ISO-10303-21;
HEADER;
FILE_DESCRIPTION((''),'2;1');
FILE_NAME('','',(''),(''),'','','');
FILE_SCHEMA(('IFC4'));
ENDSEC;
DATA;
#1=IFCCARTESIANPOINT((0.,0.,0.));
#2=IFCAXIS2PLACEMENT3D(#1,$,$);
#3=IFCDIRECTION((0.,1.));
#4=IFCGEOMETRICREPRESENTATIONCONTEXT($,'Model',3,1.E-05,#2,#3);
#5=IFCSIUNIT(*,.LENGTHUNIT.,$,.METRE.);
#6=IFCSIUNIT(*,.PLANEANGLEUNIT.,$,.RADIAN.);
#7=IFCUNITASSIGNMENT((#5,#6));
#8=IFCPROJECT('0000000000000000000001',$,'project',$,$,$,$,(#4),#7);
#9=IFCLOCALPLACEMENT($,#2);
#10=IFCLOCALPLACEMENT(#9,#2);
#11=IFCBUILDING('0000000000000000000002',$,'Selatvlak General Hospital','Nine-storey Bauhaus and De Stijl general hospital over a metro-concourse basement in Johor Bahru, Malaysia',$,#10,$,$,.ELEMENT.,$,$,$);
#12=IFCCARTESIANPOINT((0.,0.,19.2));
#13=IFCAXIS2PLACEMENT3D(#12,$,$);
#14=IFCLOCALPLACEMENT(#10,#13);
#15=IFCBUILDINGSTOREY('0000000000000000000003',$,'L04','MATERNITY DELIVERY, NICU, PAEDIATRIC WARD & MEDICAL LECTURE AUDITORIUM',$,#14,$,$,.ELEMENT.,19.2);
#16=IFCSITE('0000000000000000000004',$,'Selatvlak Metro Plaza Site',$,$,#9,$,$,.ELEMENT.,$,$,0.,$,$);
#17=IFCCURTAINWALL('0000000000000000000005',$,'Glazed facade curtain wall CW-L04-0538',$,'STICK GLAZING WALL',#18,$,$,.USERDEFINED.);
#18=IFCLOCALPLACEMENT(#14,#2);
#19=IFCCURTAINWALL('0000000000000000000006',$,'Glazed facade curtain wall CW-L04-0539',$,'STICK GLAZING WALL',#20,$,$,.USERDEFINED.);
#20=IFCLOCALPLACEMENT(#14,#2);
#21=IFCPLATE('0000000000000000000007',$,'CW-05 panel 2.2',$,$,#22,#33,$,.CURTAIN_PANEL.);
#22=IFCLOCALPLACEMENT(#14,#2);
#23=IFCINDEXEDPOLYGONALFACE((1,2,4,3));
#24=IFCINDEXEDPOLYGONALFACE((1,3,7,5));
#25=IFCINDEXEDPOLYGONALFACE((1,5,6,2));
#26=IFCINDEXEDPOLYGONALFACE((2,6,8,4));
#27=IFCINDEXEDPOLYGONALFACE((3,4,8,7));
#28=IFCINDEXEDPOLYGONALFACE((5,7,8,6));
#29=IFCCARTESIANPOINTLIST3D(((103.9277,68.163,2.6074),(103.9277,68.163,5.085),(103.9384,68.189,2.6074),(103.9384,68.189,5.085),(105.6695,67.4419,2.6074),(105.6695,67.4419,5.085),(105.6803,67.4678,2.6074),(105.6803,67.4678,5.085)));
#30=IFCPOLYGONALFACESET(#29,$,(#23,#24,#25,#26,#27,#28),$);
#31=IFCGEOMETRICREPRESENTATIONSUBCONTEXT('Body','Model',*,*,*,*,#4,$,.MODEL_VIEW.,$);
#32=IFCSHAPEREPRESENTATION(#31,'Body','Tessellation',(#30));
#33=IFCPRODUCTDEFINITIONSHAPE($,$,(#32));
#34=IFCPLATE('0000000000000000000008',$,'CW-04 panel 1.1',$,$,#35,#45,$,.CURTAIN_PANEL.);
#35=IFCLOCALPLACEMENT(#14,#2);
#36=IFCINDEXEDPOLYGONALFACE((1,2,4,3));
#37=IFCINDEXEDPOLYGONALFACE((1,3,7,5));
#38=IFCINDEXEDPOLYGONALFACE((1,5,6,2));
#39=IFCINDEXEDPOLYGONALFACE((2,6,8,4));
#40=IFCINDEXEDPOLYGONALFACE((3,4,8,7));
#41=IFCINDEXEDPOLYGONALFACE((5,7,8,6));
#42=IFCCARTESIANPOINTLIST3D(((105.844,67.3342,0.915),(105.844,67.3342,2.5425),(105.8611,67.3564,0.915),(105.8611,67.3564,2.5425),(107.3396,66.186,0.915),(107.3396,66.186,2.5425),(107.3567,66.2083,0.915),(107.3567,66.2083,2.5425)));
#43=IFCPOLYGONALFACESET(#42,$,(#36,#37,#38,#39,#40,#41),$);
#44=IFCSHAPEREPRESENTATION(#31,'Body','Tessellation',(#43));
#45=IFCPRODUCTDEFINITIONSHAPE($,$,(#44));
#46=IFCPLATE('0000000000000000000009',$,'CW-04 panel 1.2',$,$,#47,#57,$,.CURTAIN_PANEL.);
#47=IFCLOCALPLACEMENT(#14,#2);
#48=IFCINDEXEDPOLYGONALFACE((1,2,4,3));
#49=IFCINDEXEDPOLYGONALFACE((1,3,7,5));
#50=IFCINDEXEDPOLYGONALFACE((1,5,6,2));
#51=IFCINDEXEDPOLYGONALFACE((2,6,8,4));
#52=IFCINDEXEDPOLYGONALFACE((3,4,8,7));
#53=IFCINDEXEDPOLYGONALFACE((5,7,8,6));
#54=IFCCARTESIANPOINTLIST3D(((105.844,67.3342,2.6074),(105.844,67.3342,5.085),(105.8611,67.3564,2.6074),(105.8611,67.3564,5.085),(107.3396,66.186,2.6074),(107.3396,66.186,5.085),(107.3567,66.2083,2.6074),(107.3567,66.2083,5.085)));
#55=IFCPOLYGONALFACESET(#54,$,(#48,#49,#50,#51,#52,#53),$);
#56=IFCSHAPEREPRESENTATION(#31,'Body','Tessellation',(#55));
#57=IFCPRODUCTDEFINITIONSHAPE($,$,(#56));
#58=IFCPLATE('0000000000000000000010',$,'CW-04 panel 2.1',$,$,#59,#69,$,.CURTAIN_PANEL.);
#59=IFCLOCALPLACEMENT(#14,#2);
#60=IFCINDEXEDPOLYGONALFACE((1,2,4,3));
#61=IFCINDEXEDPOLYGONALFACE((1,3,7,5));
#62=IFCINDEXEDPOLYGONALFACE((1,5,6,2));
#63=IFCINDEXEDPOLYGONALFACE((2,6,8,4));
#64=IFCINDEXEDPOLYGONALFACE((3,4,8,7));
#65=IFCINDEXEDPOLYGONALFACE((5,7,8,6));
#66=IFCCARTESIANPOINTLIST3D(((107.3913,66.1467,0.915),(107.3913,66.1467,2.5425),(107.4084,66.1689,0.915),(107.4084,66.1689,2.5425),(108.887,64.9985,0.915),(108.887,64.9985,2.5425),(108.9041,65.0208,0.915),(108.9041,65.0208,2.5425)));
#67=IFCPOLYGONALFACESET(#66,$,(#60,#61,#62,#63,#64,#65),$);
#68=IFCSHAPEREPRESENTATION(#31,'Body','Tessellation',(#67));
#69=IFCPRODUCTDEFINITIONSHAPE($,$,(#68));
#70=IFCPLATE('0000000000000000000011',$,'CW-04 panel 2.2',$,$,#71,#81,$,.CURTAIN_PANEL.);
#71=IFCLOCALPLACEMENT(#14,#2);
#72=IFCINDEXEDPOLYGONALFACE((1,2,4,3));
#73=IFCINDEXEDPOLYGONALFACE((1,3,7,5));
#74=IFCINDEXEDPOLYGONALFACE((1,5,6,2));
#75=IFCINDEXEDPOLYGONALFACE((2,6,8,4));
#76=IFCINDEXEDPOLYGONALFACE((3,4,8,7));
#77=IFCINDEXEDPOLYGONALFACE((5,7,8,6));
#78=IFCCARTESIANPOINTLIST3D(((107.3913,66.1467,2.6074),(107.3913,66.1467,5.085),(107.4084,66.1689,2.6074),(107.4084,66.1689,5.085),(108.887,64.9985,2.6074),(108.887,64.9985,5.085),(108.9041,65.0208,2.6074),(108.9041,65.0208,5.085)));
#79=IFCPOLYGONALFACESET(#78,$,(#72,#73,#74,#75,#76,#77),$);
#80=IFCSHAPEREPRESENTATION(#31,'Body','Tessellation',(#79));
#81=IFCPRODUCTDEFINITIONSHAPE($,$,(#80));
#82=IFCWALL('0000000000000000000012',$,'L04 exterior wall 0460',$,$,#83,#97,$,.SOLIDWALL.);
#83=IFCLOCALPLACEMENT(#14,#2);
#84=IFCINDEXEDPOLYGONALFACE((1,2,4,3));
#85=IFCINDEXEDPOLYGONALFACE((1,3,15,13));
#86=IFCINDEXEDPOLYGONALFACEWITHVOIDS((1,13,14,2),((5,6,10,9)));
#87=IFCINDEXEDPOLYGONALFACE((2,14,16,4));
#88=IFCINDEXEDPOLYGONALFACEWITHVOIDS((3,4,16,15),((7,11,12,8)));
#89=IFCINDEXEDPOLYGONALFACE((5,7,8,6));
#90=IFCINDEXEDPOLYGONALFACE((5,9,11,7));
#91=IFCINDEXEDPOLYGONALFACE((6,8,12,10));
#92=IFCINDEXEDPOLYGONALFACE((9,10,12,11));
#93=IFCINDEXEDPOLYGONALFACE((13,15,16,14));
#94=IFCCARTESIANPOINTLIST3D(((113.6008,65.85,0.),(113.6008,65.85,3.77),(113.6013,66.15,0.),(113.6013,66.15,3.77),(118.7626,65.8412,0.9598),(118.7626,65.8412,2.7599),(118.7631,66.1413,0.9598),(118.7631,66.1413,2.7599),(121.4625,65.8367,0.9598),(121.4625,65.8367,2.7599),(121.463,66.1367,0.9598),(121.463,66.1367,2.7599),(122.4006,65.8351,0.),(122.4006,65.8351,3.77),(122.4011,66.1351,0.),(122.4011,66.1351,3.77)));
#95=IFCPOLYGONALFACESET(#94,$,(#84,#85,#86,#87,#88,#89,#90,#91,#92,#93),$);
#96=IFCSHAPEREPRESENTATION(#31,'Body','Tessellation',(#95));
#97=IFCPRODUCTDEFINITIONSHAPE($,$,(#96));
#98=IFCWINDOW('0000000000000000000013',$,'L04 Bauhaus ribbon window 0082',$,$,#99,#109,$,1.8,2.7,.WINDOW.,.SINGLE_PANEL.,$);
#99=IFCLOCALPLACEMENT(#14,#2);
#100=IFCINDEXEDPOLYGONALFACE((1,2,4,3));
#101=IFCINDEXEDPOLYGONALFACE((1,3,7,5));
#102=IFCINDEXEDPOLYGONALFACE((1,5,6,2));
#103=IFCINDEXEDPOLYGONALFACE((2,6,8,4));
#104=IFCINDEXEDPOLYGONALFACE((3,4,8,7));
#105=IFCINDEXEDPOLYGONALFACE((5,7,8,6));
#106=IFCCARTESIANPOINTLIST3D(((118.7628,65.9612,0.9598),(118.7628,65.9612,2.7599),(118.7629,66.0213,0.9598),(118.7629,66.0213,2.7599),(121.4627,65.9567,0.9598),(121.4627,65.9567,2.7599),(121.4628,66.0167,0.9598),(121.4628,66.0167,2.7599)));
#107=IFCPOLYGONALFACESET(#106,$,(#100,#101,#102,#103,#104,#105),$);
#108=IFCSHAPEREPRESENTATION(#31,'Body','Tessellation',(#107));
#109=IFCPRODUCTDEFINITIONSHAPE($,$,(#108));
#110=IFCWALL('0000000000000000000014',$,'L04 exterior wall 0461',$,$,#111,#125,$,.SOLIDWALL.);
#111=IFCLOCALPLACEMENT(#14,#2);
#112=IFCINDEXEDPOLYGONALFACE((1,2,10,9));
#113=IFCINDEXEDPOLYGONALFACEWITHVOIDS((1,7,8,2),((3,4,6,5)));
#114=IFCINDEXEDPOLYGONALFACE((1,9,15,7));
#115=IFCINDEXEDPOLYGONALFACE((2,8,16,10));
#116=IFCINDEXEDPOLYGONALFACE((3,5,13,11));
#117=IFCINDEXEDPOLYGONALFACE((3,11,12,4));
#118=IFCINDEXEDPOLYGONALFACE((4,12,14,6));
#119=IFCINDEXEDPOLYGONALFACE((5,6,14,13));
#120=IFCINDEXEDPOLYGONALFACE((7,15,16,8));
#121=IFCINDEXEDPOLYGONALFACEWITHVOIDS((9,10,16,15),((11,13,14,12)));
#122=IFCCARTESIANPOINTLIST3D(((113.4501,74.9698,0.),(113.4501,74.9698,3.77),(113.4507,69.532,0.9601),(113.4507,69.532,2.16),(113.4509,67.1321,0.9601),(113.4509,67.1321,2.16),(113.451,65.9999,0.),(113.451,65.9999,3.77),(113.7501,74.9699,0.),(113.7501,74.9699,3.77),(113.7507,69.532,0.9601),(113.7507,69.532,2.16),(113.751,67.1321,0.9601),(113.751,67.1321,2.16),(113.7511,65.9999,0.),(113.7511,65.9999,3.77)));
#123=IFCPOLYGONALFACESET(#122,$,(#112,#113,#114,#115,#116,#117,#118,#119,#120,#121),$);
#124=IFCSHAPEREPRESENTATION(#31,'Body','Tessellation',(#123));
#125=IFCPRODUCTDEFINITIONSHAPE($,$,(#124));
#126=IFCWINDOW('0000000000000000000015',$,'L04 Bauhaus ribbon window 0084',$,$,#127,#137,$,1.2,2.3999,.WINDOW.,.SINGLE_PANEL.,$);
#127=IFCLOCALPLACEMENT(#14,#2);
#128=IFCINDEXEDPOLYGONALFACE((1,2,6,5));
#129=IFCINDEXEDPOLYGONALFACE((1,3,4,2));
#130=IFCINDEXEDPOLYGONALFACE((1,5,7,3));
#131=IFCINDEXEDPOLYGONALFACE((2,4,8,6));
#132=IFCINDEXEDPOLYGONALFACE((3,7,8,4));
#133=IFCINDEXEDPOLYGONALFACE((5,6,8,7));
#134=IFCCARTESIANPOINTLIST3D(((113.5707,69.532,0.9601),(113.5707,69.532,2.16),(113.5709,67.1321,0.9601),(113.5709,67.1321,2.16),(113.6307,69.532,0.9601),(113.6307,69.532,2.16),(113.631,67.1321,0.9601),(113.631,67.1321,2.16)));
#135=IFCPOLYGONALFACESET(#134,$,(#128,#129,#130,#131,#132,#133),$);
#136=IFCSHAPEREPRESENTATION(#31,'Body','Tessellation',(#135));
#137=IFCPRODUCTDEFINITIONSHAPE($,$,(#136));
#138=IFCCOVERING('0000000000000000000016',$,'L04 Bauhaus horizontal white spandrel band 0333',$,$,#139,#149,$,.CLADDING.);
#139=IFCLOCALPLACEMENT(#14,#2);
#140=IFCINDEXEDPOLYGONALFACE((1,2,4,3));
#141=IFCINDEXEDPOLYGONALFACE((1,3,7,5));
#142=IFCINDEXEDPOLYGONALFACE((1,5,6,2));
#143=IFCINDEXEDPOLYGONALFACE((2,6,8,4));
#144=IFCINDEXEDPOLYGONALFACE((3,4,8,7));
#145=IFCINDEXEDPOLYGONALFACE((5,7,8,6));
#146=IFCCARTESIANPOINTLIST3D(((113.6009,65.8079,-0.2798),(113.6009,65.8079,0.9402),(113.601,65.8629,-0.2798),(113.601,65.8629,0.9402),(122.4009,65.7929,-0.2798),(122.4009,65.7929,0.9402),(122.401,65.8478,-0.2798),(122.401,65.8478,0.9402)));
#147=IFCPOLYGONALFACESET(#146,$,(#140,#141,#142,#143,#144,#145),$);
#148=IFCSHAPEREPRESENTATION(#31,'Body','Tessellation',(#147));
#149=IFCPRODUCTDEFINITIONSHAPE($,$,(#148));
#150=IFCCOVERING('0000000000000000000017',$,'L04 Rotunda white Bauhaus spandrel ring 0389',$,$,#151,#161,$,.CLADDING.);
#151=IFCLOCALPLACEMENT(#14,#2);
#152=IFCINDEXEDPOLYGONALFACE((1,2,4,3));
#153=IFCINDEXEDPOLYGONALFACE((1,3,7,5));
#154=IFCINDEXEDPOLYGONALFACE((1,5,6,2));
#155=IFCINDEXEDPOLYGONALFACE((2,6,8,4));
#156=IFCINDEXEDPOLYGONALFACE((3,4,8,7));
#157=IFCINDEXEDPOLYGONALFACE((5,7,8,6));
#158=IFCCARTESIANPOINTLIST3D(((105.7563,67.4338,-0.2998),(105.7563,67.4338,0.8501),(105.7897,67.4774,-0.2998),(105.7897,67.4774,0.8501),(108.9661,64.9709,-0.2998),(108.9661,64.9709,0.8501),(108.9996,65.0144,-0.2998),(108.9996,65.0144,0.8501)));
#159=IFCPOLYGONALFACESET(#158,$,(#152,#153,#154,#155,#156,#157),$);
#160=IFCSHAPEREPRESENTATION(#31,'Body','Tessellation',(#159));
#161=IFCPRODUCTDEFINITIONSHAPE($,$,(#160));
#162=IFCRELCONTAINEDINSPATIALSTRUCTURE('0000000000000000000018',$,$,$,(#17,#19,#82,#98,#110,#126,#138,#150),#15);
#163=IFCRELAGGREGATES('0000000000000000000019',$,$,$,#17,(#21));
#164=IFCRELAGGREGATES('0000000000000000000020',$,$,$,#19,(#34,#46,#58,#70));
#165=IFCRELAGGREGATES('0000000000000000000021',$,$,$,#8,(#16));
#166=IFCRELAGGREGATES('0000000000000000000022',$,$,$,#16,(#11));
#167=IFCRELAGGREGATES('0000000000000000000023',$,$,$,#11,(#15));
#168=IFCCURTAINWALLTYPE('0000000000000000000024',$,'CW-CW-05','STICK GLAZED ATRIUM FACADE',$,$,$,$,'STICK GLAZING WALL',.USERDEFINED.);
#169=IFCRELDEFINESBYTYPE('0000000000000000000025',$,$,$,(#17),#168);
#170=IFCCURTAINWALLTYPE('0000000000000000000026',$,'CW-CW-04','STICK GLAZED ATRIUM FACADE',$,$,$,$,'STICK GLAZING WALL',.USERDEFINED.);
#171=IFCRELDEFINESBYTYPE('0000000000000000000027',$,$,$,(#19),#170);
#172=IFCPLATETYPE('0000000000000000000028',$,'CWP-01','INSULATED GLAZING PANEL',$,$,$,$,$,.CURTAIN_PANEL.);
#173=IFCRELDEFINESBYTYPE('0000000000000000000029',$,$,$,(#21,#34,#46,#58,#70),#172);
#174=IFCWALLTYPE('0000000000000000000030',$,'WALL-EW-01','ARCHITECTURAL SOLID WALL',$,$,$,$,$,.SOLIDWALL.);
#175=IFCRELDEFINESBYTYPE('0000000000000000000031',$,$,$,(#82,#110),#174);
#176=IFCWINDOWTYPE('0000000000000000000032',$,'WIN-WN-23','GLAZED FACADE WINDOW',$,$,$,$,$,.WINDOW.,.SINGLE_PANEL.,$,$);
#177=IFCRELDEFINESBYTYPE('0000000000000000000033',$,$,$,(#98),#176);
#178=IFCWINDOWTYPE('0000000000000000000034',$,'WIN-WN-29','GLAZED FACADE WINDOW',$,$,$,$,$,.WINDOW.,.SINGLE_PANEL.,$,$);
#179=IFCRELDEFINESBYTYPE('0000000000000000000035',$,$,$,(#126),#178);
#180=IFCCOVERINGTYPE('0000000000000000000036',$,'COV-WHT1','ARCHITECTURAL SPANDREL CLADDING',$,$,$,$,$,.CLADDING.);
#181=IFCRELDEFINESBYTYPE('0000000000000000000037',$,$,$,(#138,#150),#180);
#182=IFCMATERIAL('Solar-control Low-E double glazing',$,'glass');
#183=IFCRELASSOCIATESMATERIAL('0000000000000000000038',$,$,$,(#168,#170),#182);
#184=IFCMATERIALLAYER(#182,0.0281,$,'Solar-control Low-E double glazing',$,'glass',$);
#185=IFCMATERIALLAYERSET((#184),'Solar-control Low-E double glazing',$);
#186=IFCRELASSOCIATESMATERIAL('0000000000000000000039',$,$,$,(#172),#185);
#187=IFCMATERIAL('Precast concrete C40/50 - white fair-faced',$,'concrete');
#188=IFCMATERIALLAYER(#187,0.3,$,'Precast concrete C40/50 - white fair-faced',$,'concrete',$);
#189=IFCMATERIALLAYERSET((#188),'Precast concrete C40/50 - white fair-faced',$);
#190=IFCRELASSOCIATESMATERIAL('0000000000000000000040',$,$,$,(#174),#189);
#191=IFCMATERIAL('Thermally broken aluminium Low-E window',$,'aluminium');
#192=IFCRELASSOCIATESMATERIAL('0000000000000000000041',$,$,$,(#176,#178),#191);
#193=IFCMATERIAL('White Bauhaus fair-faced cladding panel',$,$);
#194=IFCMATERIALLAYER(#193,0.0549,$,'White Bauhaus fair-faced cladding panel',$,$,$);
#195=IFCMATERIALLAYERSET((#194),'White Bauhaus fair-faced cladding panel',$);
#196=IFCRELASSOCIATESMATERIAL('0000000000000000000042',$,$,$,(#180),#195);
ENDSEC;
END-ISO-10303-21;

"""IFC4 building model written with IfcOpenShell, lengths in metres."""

from ifc_helpers import new_model, si_unit, direction, frame, frame_2d, origin, origin_2d, place, context, subcontext, project, spatial, rectangle, extrude, material, layer, layer_set, type_object, element, fill, aggregate, save


model = new_model("IFC4")

# Units and contexts
model_context = context("Model", 3, precision=1e-05, world=origin(), true_north=direction((0.0, 1.0)))
body_context = subcontext(model_context, "Body", "Model", "MODEL_VIEW")
ifc_project = project(units=[si_unit("LENGTHUNIT", "METRE"), si_unit("PLANEANGLEUNIT", "RADIAN")], contexts=[model_context])

# Site, building, storey
site_placement = place(None, origin())
site = spatial("IfcSite", under=ifc_project, at=site_placement, Name="Selatvlak Metro Plaza Site", CompositionType="ELEMENT", RefElevation=0.0)
building_placement = place(site_placement, origin())
building = spatial("IfcBuilding", under=site, at=building_placement, Name="Selatvlak General Hospital", Description="Nine-storey Bauhaus and De Stijl general hospital over a metro-concourse basement in Johor Bahru, Malaysia", CompositionType="ELEMENT")
storey_placement = place(building_placement, frame((0.0, 0.0, 19.2)))
storey = spatial("IfcBuildingStorey", under=building, at=storey_placement, Name="L04", Description="MATERNITY DELIVERY, NICU, PAEDIATRIC WARD & MEDICAL LECTURE AUDITORIUM", CompositionType="ELEMENT", Elevation=19.2)

# Curtain wall
ifc_material_1 = material(Name="Solar-control Low-E double glazing", Category="glass")
curtain_wall_type_1 = type_object("IfcCurtainWallType", Name="CW-CW-05", Description="STICK GLAZED ATRIUM FACADE", ElementType="STICK GLAZING WALL", PredefinedType="USERDEFINED", material=ifc_material_1)
curtain_wall_1_placement = place(storey_placement, origin())
curtain_wall_1 = element("IfcCurtainWall", 1, at=curtain_wall_1_placement, inside=storey, type_object=curtain_wall_type_1, Name="Glazed facade curtain wall CW-L04-0538", ObjectType="STICK GLAZING WALL", PredefinedType="USERDEFINED")

# Curtain wall
curtain_wall_type_2 = type_object("IfcCurtainWallType", Name="CW-CW-04", Description="STICK GLAZED ATRIUM FACADE", ElementType="STICK GLAZING WALL", PredefinedType="USERDEFINED", material=ifc_material_1)
curtain_wall_2_placement = place(storey_placement, origin())
curtain_wall_2 = element("IfcCurtainWall", 2, at=curtain_wall_2_placement, inside=storey, type_object=curtain_wall_type_2, Name="Glazed facade curtain wall CW-L04-0539", ObjectType="STICK GLAZING WALL", PredefinedType="USERDEFINED")

# Plates
ifc_layer_1 = layer(ifc_material_1, 0.0281, Name="Solar-control Low-E double glazing", Category="glass")
ifc_layer_set_1 = layer_set([ifc_layer_1], Name="Solar-control Low-E double glazing")
plate_type = type_object("IfcPlateType", Name="CWP-01", Description="INSULATED GLAZING PANEL", PredefinedType="CURTAIN_PANEL", material=ifc_layer_set_1)
plate_1_placement = place(storey_placement, frame((104.804, 67.8154, 2.6074), z_axis=(0.0, 0.0, 1.0), x_axis=(0.92394, -0.382537, 0.0)))
plate_1 = element("IfcPlate", 3, at=plate_1_placement, type_object=plate_type, Name="CW-05 panel 2.2", PredefinedType="CURTAIN_PANEL", context=body_context, shape_type="SweptSolid", body=[
    extrude(rectangle(XDim=1.8853, YDim=0.0281, at=origin_2d()), origin(), (0.0, 0.0, 1.0), 2.4775),
])
aggregate(curtain_wall_1, [plate_1])
plate_2_placement = place(storey_placement, frame((106.6003, 66.7712, 0.915), z_axis=(0.0, 0.0, 1.0), x_axis=(0.793233, -0.608918, 0.0)))
plate_2 = element("IfcPlate", 4, at=plate_2_placement, type_object=plate_type, Name="CW-04 panel 1.1", PredefinedType="CURTAIN_PANEL", context=body_context, shape_type="SweptSolid", body=[
    extrude(rectangle(XDim=1.8855, YDim=0.0281, at=origin_2d()), origin(), (0.0, 0.0, 1.0), 1.6274),
])
plate_3_placement = place(storey_placement, frame((106.6003, 66.7712, 2.6074), z_axis=(0.0, 0.0, 1.0), x_axis=(0.793233, -0.608918, 0.0)))
plate_3 = element("IfcPlate", 5, at=plate_3_placement, type_object=plate_type, Name="CW-04 panel 1.2", PredefinedType="CURTAIN_PANEL", context=body_context, shape_type="SweptSolid", body=[
    extrude(rectangle(XDim=1.8855, YDim=0.0281, at=origin_2d()), origin(), (0.0, 0.0, 1.0), 2.4775),
])
plate_4_placement = place(storey_placement, frame((108.1477, 65.5837, 0.915), z_axis=(0.0, 0.0, 1.0), x_axis=(0.793233, -0.608918, 0.0)))
plate_4 = element("IfcPlate", 6, at=plate_4_placement, type_object=plate_type, Name="CW-04 panel 2.1", PredefinedType="CURTAIN_PANEL", context=body_context, shape_type="SweptSolid", body=[
    extrude(rectangle(XDim=1.8855, YDim=0.0281, at=origin_2d()), origin(), (0.0, 0.0, 1.0), 1.6274),
])
plate_5_placement = place(storey_placement, frame((108.1477, 65.5837, 2.6074), z_axis=(0.0, 0.0, 1.0), x_axis=(0.793233, -0.608918, 0.0)))
plate_5 = element("IfcPlate", 7, at=plate_5_placement, type_object=plate_type, Name="CW-04 panel 2.2", PredefinedType="CURTAIN_PANEL", context=body_context, shape_type="SweptSolid", body=[
    extrude(rectangle(XDim=1.8855, YDim=0.0281, at=origin_2d()), origin(), (0.0, 0.0, 1.0), 2.4775),
])
aggregate(curtain_wall_2, [plate_2, plate_3, plate_4, plate_5])

# Walls, openings, windows
ifc_material_2 = material(Name="Precast concrete C40/50 - white fair-faced", Category="concrete")
ifc_layer_2 = layer(ifc_material_2, 0.3, Name="Precast concrete C40/50 - white fair-faced", Category="concrete")
ifc_layer_set_2 = layer_set([ifc_layer_2], Name="Precast concrete C40/50 - white fair-faced")
wall_type = type_object("IfcWallType", Name="WALL-EW-01", Description="ARCHITECTURAL SOLID WALL", PredefinedType="SOLIDWALL", material=ifc_layer_set_2)
wall_1_placement = place(storey_placement, frame((122.4009, 65.9851, 0.0), z_axis=(0.0, 0.0, 1.0), x_axis=(-0.999999, 0.001692, 0.0)))
wall_1 = element("IfcWall", 8, at=wall_1_placement, inside=storey, type_object=wall_type, Name="L04 exterior wall 0460", PredefinedType="SOLIDWALL", context=body_context, shape_type="SweptSolid", body=[
    extrude(rectangle(XDim=8.7998, YDim=0.3, at=frame_2d((4.3999, 0.0))), origin(), (0.0, 0.0, 1.0), 3.77),
])
opening_1_placement = place(wall_1_placement, frame((0.938, 0.0, 0.96)))
opening_1 = element("IfcOpeningElement", 9, at=opening_1_placement, cuts=wall_1, PredefinedType="OPENING", context=body_context, shape_type="SweptSolid", body=[
    extrude(rectangle(XDim=2.7, YDim=1.8, at=frame_2d((1.3501, 0.8999))), frame((0.0, 0.1599, 0.0), z_axis=(0.0, -1.0, 0.0), x_axis=(1.0, 0.0, 0.0)), (0.0, 0.0, 1.0), 0.3201),
])
ifc_material_3 = material(Name="Thermally broken aluminium Low-E window", Category="aluminium")
window_type_1 = type_object("IfcWindowType", Name="WIN-WN-23", Description="GLAZED FACADE WINDOW", PartitioningType="SINGLE_PANEL", PredefinedType="WINDOW", material=ifc_material_3)
window_1_placement = place(opening_1_placement, origin())
window_1 = element("IfcWindow", 10, at=window_1_placement, inside=storey, type_object=window_type_1, Name="L04 Bauhaus ribbon window 0082", OverallHeight=1.8, OverallWidth=2.7, PartitioningType="SINGLE_PANEL", PredefinedType="WINDOW", context=body_context, shape_type="SweptSolid", body=[
    extrude(rectangle(XDim=2.7, YDim=1.8, at=frame_2d((1.3501, 0.8999))), frame((0.0, 0.03, 0.0), z_axis=(0.0, -1.0, 0.0), x_axis=(1.0, 0.0, 0.0)), (0.0, 0.0, 1.0), 0.0601),
])
fill(opening_1, window_1)
wall_2_placement = place(storey_placement, frame((113.6011, 66.0, 0.0), z_axis=(0.0, 0.0, 1.0), x_axis=(-0.000109, 1.0, 0.0)))
wall_2 = element("IfcWall", 11, at=wall_2_placement, inside=storey, type_object=wall_type, Name="L04 exterior wall 0461", PredefinedType="SOLIDWALL", context=body_context, shape_type="SweptSolid", body=[
    extrude(rectangle(XDim=8.97, YDim=0.3, at=frame_2d((4.4849, 0.0))), origin(), (0.0, 0.0, 1.0), 3.77),
])
opening_2_placement = place(wall_2_placement, frame((1.1321, 0.0, 0.96)))
opening_2 = element("IfcOpeningElement", 12, at=opening_2_placement, cuts=wall_2, PredefinedType="OPENING", context=body_context, shape_type="SweptSolid", body=[
    extrude(rectangle(XDim=2.3999, YDim=1.2, at=frame_2d((1.2, 0.6001))), frame((0.0, 0.1599, 0.0), z_axis=(0.0, -1.0, 0.0), x_axis=(1.0, 0.0, 0.0)), (0.0, 0.0, 1.0), 0.3201),
])
window_type_2 = type_object("IfcWindowType", Name="WIN-WN-29", Description="GLAZED FACADE WINDOW", PartitioningType="SINGLE_PANEL", PredefinedType="WINDOW", material=ifc_material_3)
window_2_placement = place(opening_2_placement, origin())
window_2 = element("IfcWindow", 13, at=window_2_placement, inside=storey, type_object=window_type_2, Name="L04 Bauhaus ribbon window 0084", OverallHeight=1.2, OverallWidth=2.3999, PartitioningType="SINGLE_PANEL", PredefinedType="WINDOW", context=body_context, shape_type="SweptSolid", body=[
    extrude(rectangle(XDim=2.3999, YDim=1.2, at=frame_2d((1.2, 0.6001))), frame((0.0, 0.03, 0.0), z_axis=(0.0, -1.0, 0.0), x_axis=(1.0, 0.0, 0.0)), (0.0, 0.0, 1.0), 0.0601),
])
fill(opening_2, window_2)

# Coverings
ifc_material_4 = material(Name="White Bauhaus fair-faced cladding panel")
ifc_layer_3 = layer(ifc_material_4, 0.0549, Name="White Bauhaus fair-faced cladding panel")
ifc_layer_set_3 = layer_set([ifc_layer_3], Name="White Bauhaus fair-faced cladding panel")
covering_type = type_object("IfcCoveringType", Name="COV-WHT1", Description="ARCHITECTURAL SPANDREL CLADDING", PredefinedType="CLADDING", material=ifc_layer_set_3)
covering_1_placement = place(storey_placement, frame((118.001, 65.8279, -0.2798), z_axis=(0.0, 0.0, 1.0), x_axis=(-0.999999, 0.00171, 0.0)))
element("IfcCovering", 14, at=covering_1_placement, inside=storey, type_object=covering_type, Name="L04 Bauhaus horizontal white spandrel band 0333", PredefinedType="CLADDING", context=body_context, shape_type="SweptSolid", body=[
    extrude(rectangle(XDim=8.8, YDim=0.0549, at=origin_2d()), origin(), (0.0, 0.0, 1.0), 1.22),
])
covering_2_placement = place(storey_placement, frame((107.3779, 66.2241, -0.2998), z_axis=(0.0, 0.0, 1.0), x_axis=(0.793364, -0.608748, 0.0)))
element("IfcCovering", 15, at=covering_2_placement, inside=storey, type_object=covering_type, Name="L04 Rotunda white Bauhaus spandrel ring 0389", PredefinedType="CLADDING", context=body_context, shape_type="SweptSolid", body=[
    extrude(rectangle(XDim=4.0459, YDim=0.0549, at=origin_2d()), origin(), (0.0, 0.0, 1.0), 1.1499),
])

save(model, "model.ifc")
